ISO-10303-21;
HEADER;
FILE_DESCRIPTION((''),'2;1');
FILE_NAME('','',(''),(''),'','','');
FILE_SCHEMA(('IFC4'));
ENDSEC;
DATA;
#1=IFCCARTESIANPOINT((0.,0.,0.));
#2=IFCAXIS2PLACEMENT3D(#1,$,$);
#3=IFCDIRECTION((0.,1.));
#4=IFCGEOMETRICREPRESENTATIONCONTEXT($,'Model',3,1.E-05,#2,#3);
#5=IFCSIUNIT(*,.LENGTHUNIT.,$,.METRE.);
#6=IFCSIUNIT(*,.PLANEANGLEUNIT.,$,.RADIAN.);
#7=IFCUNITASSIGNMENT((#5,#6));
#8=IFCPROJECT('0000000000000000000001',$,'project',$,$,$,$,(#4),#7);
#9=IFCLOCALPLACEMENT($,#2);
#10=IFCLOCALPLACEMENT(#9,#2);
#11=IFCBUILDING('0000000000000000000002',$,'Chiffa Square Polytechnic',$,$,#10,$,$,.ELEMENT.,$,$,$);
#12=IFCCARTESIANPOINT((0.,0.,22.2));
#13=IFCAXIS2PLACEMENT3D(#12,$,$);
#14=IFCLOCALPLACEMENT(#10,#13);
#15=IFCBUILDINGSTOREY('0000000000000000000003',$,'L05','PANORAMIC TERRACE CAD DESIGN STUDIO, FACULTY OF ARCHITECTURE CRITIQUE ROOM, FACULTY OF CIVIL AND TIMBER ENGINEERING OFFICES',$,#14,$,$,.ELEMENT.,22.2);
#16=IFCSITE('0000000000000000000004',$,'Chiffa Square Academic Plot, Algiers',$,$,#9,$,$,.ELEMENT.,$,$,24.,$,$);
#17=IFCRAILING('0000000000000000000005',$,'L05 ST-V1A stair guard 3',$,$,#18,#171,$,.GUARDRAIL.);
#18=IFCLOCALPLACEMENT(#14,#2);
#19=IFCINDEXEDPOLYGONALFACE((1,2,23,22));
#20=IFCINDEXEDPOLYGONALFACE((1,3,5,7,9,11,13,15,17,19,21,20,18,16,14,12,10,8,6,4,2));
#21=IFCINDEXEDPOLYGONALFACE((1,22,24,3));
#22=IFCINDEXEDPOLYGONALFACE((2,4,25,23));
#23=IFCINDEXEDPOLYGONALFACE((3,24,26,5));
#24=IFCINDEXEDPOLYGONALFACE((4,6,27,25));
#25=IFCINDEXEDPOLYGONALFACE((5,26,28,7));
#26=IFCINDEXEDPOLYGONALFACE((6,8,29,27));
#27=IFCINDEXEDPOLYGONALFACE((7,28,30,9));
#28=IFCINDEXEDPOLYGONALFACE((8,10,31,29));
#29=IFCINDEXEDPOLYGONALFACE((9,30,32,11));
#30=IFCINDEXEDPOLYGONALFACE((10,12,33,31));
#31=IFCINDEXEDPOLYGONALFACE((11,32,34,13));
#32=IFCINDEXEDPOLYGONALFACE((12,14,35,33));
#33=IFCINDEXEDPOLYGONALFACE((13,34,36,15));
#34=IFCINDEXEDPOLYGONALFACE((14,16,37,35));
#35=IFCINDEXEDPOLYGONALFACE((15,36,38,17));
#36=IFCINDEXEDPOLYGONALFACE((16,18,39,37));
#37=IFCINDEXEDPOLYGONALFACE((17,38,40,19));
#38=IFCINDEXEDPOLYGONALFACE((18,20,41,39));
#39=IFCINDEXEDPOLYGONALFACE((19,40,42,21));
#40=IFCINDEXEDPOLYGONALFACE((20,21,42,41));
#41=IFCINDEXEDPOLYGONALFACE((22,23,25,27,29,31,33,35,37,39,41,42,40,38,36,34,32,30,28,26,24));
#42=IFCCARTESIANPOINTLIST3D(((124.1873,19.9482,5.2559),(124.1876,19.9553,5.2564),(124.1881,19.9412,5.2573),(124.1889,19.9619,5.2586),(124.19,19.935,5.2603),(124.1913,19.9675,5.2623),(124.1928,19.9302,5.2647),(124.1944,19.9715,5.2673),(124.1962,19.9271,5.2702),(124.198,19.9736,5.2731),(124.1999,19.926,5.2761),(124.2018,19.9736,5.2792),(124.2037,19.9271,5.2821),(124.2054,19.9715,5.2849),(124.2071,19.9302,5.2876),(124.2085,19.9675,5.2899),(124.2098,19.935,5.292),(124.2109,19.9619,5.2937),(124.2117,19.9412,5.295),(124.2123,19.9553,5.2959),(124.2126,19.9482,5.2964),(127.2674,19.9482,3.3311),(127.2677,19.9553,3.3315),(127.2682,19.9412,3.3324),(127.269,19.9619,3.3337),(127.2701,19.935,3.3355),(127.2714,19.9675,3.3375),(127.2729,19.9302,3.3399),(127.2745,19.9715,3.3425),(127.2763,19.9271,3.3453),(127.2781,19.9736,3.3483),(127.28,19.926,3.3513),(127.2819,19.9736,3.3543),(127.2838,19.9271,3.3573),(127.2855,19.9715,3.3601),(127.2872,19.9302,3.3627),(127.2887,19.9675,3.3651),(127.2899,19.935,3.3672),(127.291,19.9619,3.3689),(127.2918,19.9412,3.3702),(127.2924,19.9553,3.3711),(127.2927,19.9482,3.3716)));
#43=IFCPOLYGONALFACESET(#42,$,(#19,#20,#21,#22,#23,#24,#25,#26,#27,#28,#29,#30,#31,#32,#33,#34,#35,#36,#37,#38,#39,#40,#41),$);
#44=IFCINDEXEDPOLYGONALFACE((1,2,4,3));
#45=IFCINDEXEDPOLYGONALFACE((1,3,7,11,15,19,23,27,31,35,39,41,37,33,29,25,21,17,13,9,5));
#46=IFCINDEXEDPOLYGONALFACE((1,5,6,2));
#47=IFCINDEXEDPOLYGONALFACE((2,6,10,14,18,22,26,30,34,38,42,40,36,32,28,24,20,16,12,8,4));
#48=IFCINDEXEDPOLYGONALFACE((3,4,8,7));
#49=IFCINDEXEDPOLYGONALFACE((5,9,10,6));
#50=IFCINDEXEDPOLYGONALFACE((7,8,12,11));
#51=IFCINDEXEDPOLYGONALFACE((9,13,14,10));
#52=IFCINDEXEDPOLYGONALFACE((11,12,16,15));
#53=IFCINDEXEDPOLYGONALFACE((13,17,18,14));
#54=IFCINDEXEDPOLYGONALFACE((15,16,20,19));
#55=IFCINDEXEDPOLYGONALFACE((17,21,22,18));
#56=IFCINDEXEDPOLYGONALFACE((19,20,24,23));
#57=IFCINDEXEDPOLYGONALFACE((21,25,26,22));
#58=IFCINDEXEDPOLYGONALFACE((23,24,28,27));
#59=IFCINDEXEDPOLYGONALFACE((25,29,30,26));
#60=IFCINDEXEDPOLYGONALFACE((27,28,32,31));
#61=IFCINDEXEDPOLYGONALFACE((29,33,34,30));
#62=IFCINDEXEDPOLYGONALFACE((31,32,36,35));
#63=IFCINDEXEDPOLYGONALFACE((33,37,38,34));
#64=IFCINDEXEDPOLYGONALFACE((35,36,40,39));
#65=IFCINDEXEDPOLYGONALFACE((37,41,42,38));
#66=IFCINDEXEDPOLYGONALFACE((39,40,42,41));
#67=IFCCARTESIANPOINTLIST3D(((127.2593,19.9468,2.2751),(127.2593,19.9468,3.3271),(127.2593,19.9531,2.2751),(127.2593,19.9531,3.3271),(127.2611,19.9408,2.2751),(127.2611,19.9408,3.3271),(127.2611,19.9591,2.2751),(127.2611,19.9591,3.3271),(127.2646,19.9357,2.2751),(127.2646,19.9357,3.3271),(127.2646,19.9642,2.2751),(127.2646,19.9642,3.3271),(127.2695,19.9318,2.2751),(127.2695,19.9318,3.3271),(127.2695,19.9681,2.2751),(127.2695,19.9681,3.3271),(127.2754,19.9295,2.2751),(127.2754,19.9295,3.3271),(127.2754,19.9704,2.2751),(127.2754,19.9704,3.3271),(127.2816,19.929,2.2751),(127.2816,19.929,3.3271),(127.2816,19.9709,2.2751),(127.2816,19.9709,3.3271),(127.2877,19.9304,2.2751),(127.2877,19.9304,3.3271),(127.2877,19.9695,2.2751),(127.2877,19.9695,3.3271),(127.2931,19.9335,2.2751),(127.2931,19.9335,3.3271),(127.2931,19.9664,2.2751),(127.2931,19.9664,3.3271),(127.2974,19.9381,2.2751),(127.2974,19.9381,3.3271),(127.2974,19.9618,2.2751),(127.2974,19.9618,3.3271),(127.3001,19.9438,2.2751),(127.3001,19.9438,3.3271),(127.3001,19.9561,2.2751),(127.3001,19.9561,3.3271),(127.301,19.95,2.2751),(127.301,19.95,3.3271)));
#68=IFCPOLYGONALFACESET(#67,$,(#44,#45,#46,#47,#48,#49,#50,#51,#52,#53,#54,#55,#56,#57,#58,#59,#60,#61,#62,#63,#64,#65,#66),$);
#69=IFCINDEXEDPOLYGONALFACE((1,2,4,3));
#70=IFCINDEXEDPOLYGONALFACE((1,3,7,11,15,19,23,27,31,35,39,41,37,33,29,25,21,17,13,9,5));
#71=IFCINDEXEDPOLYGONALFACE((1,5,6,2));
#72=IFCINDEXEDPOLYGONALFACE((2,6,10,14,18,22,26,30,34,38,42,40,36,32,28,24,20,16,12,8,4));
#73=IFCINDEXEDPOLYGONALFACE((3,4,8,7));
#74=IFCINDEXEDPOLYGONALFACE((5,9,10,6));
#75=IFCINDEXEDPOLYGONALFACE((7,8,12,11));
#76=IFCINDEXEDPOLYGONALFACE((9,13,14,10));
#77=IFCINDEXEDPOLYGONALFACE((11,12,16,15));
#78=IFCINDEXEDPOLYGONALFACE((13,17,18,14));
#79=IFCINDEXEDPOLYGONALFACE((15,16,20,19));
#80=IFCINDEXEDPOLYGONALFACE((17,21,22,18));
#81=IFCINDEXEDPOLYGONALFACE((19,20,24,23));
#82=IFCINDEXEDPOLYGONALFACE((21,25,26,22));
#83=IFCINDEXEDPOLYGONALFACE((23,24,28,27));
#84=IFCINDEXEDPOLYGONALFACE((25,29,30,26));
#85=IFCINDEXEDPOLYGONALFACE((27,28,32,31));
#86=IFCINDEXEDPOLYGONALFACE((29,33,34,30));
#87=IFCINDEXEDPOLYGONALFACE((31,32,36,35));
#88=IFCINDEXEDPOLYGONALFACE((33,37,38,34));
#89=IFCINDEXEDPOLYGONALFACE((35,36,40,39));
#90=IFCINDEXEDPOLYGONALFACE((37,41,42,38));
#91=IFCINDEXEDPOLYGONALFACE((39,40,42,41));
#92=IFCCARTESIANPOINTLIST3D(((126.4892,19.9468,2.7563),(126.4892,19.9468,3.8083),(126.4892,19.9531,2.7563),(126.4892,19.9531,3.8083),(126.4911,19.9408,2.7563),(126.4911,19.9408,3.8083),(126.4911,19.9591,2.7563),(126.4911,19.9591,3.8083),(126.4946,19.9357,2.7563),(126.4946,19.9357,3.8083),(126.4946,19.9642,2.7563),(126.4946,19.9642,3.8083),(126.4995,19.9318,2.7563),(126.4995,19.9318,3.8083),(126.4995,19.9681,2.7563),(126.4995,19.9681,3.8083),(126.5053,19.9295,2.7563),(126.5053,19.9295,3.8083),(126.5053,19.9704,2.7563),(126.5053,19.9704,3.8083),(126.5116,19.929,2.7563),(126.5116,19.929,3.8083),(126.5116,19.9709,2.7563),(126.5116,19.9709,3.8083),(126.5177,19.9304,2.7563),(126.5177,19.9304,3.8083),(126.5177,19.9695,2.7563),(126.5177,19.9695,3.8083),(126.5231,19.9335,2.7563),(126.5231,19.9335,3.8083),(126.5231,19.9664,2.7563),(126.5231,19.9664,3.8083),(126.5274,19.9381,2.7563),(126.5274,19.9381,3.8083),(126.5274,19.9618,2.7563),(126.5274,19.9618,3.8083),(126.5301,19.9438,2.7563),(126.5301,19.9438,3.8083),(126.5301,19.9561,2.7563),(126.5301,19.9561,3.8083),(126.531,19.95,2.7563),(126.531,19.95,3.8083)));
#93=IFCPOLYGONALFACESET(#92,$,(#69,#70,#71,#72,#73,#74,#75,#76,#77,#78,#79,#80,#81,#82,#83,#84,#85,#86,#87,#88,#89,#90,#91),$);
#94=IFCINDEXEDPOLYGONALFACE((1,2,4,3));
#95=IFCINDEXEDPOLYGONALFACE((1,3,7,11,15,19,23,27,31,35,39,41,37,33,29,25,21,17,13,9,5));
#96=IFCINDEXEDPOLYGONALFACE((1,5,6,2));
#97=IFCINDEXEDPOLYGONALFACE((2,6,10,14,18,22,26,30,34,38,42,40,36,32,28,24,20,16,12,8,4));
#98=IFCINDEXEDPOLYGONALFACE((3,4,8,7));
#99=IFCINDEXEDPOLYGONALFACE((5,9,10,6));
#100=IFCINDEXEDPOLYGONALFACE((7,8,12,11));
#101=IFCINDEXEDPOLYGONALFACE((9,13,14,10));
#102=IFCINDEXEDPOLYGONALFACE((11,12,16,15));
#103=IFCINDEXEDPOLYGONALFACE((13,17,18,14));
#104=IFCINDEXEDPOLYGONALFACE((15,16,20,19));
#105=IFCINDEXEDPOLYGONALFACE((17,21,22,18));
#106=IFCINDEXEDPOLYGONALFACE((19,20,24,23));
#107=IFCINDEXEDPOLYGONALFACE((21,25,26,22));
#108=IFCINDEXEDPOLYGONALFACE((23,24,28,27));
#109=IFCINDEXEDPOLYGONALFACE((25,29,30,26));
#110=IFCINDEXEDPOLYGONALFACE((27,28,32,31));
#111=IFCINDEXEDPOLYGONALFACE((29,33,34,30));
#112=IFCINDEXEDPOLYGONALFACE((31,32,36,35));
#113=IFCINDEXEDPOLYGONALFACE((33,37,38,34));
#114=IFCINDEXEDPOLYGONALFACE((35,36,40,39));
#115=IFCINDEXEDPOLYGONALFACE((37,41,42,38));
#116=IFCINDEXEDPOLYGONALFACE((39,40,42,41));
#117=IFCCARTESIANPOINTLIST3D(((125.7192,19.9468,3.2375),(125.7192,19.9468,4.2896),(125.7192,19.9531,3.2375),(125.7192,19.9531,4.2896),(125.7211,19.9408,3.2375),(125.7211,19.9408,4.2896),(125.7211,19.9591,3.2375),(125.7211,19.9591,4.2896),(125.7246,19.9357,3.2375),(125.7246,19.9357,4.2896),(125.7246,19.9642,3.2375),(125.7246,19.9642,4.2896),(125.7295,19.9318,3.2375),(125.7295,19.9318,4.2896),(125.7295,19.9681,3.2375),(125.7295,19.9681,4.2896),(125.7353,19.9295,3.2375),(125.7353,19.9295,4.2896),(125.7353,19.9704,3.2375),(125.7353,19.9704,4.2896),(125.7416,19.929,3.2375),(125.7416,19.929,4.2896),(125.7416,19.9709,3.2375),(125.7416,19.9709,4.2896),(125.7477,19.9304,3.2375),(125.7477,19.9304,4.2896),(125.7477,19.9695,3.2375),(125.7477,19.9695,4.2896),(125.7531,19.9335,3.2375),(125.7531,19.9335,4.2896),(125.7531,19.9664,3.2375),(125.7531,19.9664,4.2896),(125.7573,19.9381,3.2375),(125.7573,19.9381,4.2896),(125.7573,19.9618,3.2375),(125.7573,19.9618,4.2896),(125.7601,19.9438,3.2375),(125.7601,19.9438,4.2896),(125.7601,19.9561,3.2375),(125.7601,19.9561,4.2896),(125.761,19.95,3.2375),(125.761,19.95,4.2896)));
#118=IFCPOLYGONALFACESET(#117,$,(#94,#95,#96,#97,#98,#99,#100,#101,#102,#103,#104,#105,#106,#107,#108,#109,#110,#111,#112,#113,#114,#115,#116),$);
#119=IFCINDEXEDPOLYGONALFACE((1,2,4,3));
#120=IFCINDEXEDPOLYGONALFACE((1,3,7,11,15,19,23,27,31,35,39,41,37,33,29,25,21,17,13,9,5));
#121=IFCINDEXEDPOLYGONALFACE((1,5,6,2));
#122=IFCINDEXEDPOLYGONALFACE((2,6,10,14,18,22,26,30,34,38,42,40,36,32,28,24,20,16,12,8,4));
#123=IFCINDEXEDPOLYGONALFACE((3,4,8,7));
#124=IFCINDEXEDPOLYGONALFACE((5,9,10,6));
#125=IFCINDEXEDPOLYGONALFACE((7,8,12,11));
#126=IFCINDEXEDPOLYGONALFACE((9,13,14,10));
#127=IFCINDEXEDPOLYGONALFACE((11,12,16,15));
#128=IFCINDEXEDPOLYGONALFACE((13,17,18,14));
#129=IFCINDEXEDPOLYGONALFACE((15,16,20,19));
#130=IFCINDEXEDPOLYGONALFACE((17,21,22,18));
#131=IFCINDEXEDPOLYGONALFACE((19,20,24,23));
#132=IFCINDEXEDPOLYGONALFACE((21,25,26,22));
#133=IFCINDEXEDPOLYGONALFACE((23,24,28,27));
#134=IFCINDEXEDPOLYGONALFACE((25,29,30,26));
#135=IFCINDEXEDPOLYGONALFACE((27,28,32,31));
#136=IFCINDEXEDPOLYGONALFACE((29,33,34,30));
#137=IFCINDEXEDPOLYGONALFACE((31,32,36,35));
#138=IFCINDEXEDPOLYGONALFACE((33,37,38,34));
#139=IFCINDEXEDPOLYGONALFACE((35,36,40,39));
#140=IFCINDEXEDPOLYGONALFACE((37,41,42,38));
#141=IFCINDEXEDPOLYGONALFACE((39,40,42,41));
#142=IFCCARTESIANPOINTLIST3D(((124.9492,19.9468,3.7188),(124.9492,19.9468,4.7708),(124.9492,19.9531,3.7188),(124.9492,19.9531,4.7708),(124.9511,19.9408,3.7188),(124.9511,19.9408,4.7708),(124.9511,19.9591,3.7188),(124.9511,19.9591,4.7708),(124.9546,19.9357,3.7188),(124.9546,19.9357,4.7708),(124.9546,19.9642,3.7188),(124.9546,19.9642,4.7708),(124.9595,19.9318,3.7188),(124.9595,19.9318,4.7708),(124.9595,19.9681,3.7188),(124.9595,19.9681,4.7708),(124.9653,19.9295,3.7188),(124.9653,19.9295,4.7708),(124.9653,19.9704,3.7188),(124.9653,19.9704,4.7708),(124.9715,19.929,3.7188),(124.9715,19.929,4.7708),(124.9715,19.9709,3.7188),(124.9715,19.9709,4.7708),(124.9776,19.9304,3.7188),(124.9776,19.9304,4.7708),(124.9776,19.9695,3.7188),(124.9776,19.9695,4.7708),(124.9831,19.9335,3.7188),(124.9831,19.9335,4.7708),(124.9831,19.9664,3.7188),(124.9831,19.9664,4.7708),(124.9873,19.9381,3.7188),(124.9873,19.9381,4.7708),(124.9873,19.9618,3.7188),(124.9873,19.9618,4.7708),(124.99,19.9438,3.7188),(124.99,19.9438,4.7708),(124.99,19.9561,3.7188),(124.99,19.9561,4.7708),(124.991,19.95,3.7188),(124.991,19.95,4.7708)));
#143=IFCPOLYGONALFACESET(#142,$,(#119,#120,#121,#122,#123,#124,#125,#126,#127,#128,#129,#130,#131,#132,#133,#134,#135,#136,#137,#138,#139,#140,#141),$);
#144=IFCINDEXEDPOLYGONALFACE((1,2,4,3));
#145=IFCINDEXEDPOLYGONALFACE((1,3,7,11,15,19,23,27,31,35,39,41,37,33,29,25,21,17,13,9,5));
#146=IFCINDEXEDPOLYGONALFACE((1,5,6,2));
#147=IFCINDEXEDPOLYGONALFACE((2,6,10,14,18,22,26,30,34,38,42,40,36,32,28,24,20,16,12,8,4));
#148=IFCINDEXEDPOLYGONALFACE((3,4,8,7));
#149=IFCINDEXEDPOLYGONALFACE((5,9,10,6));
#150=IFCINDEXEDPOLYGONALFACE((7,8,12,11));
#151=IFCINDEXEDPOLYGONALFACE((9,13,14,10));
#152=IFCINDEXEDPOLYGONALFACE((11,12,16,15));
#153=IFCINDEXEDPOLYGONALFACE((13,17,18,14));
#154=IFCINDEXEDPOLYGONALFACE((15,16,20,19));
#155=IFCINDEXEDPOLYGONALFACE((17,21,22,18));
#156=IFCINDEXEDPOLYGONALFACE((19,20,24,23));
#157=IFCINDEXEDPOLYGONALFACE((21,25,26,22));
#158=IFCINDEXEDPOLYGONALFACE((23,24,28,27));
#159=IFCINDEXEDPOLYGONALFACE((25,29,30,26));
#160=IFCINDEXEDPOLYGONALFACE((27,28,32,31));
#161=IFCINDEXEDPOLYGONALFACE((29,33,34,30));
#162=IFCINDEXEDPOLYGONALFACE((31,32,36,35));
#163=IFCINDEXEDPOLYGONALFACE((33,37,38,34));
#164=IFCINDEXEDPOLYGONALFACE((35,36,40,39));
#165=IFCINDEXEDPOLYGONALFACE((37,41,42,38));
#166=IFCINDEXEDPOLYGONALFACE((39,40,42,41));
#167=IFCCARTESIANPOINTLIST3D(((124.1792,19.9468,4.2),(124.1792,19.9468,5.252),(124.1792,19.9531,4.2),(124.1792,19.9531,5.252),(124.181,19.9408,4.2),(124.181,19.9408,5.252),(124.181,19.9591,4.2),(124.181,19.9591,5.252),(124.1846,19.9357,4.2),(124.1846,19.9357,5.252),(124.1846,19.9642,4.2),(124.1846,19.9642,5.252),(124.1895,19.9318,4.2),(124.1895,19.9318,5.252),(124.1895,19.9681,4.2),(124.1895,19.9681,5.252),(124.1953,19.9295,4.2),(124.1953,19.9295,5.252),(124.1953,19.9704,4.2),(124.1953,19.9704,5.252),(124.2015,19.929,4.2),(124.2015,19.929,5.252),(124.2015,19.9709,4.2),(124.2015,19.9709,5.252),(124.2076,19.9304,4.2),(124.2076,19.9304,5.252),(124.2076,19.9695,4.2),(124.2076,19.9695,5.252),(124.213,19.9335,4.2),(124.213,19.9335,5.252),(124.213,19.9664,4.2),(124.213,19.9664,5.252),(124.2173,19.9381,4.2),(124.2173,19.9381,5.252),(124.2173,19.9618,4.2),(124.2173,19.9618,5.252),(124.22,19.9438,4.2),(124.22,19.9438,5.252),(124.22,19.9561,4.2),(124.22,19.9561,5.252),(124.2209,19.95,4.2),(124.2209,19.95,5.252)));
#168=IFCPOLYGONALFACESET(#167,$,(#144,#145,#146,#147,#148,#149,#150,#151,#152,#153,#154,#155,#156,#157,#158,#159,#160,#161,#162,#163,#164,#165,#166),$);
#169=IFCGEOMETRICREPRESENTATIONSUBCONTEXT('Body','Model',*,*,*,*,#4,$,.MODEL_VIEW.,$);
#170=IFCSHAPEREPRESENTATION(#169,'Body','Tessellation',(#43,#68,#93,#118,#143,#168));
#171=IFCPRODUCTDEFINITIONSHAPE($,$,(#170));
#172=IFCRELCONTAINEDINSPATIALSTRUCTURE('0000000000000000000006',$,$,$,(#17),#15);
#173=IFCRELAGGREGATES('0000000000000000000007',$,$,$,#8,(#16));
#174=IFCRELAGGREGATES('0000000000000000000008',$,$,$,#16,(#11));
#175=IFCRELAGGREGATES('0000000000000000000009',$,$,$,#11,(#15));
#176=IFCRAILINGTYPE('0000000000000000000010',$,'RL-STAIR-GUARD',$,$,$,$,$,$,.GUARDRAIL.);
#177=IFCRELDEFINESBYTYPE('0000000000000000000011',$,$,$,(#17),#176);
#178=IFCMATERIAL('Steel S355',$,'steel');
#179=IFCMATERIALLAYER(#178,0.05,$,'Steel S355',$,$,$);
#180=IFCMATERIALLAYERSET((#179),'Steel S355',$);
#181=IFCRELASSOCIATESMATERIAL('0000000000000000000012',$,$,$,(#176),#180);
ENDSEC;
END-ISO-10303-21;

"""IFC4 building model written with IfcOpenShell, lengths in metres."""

from ifc_helpers import new_model, si_unit, direction, frame, origin, origin_2d, place, context, subcontext, project, spatial, circle, extrude, material, layer, layer_set, type_object, element, save


model = new_model("IFC4")

# Units and contexts
model_context = context("Model", 3, precision=1e-05, world=origin(), true_north=direction((0.0, 1.0)))
body_context = subcontext(model_context, "Body", "Model", "MODEL_VIEW")
ifc_project = project(units=[si_unit("LENGTHUNIT", "METRE"), si_unit("PLANEANGLEUNIT", "RADIAN")], contexts=[model_context])

# Site, building, storey
site_placement = place(None, origin())
site = spatial("IfcSite", under=ifc_project, at=site_placement, Name="Chiffa Square Academic Plot, Algiers", CompositionType="ELEMENT", RefElevation=24.0)
building_placement = place(site_placement, origin())
building = spatial("IfcBuilding", under=site, at=building_placement, Name="Chiffa Square Polytechnic", CompositionType="ELEMENT")
storey_placement = place(building_placement, frame((0.0, 0.0, 22.2)))
storey = spatial("IfcBuildingStorey", under=building, at=storey_placement, Name="L05", Description="PANORAMIC TERRACE CAD DESIGN STUDIO, FACULTY OF ARCHITECTURE CRITIQUE ROOM, FACULTY OF CIVIL AND TIMBER ENGINEERING OFFICES", CompositionType="ELEMENT", Elevation=22.2)

# Railing
ifc_material_1 = material(Name="Steel S355", Category="steel")
ifc_layer_1 = layer(ifc_material_1, 0.05, Name="Steel S355")
ifc_layer_set_1 = layer_set([ifc_layer_1], Name="Steel S355")
railing_type_1 = type_object("IfcRailingType", Name="RL-STAIR-GUARD", PredefinedType="GUARDRAIL", material=ifc_layer_set_1)
railing_1_placement = place(storey_placement, frame((127.28, 19.95, 2.2751)))
element("IfcRailing", 1, at=railing_1_placement, inside=storey, type_object=railing_type_1, Name="L05 ST-V1A stair guard 3", PredefinedType="GUARDRAIL", context=body_context, shape_type="SweptSolid", body=[
    extrude(circle(Radius=0.0239, at=origin_2d()), frame((0.0, 0.0, 1.0762), z_axis=(-0.848029, 0.0, 0.529951), x_axis=(0.0, -1.0, 0.0)), (0.0, 0.0, 1.0), 3.6321),
    extrude(circle(Radius=0.021, at=origin_2d()), origin(), (0.0, 0.0, 1.0), 1.052),
    extrude(circle(Radius=0.021, at=origin_2d()), frame((-0.77, 0.0, 0.4812)), (0.0, 0.0, 1.0), 1.052),
    extrude(circle(Radius=0.021, at=origin_2d()), frame((-1.54, 0.0, 0.9624)), (0.0, 0.0, 1.0), 1.052),
    extrude(circle(Radius=0.021, at=origin_2d()), frame((-2.3101, 0.0, 1.4436)), (0.0, 0.0, 1.0), 1.052),
    extrude(circle(Radius=0.021, at=origin_2d()), frame((-3.0801, 0.0, 1.9248)), (0.0, 0.0, 1.0), 1.052),
])

save(model, "model.ifc")
